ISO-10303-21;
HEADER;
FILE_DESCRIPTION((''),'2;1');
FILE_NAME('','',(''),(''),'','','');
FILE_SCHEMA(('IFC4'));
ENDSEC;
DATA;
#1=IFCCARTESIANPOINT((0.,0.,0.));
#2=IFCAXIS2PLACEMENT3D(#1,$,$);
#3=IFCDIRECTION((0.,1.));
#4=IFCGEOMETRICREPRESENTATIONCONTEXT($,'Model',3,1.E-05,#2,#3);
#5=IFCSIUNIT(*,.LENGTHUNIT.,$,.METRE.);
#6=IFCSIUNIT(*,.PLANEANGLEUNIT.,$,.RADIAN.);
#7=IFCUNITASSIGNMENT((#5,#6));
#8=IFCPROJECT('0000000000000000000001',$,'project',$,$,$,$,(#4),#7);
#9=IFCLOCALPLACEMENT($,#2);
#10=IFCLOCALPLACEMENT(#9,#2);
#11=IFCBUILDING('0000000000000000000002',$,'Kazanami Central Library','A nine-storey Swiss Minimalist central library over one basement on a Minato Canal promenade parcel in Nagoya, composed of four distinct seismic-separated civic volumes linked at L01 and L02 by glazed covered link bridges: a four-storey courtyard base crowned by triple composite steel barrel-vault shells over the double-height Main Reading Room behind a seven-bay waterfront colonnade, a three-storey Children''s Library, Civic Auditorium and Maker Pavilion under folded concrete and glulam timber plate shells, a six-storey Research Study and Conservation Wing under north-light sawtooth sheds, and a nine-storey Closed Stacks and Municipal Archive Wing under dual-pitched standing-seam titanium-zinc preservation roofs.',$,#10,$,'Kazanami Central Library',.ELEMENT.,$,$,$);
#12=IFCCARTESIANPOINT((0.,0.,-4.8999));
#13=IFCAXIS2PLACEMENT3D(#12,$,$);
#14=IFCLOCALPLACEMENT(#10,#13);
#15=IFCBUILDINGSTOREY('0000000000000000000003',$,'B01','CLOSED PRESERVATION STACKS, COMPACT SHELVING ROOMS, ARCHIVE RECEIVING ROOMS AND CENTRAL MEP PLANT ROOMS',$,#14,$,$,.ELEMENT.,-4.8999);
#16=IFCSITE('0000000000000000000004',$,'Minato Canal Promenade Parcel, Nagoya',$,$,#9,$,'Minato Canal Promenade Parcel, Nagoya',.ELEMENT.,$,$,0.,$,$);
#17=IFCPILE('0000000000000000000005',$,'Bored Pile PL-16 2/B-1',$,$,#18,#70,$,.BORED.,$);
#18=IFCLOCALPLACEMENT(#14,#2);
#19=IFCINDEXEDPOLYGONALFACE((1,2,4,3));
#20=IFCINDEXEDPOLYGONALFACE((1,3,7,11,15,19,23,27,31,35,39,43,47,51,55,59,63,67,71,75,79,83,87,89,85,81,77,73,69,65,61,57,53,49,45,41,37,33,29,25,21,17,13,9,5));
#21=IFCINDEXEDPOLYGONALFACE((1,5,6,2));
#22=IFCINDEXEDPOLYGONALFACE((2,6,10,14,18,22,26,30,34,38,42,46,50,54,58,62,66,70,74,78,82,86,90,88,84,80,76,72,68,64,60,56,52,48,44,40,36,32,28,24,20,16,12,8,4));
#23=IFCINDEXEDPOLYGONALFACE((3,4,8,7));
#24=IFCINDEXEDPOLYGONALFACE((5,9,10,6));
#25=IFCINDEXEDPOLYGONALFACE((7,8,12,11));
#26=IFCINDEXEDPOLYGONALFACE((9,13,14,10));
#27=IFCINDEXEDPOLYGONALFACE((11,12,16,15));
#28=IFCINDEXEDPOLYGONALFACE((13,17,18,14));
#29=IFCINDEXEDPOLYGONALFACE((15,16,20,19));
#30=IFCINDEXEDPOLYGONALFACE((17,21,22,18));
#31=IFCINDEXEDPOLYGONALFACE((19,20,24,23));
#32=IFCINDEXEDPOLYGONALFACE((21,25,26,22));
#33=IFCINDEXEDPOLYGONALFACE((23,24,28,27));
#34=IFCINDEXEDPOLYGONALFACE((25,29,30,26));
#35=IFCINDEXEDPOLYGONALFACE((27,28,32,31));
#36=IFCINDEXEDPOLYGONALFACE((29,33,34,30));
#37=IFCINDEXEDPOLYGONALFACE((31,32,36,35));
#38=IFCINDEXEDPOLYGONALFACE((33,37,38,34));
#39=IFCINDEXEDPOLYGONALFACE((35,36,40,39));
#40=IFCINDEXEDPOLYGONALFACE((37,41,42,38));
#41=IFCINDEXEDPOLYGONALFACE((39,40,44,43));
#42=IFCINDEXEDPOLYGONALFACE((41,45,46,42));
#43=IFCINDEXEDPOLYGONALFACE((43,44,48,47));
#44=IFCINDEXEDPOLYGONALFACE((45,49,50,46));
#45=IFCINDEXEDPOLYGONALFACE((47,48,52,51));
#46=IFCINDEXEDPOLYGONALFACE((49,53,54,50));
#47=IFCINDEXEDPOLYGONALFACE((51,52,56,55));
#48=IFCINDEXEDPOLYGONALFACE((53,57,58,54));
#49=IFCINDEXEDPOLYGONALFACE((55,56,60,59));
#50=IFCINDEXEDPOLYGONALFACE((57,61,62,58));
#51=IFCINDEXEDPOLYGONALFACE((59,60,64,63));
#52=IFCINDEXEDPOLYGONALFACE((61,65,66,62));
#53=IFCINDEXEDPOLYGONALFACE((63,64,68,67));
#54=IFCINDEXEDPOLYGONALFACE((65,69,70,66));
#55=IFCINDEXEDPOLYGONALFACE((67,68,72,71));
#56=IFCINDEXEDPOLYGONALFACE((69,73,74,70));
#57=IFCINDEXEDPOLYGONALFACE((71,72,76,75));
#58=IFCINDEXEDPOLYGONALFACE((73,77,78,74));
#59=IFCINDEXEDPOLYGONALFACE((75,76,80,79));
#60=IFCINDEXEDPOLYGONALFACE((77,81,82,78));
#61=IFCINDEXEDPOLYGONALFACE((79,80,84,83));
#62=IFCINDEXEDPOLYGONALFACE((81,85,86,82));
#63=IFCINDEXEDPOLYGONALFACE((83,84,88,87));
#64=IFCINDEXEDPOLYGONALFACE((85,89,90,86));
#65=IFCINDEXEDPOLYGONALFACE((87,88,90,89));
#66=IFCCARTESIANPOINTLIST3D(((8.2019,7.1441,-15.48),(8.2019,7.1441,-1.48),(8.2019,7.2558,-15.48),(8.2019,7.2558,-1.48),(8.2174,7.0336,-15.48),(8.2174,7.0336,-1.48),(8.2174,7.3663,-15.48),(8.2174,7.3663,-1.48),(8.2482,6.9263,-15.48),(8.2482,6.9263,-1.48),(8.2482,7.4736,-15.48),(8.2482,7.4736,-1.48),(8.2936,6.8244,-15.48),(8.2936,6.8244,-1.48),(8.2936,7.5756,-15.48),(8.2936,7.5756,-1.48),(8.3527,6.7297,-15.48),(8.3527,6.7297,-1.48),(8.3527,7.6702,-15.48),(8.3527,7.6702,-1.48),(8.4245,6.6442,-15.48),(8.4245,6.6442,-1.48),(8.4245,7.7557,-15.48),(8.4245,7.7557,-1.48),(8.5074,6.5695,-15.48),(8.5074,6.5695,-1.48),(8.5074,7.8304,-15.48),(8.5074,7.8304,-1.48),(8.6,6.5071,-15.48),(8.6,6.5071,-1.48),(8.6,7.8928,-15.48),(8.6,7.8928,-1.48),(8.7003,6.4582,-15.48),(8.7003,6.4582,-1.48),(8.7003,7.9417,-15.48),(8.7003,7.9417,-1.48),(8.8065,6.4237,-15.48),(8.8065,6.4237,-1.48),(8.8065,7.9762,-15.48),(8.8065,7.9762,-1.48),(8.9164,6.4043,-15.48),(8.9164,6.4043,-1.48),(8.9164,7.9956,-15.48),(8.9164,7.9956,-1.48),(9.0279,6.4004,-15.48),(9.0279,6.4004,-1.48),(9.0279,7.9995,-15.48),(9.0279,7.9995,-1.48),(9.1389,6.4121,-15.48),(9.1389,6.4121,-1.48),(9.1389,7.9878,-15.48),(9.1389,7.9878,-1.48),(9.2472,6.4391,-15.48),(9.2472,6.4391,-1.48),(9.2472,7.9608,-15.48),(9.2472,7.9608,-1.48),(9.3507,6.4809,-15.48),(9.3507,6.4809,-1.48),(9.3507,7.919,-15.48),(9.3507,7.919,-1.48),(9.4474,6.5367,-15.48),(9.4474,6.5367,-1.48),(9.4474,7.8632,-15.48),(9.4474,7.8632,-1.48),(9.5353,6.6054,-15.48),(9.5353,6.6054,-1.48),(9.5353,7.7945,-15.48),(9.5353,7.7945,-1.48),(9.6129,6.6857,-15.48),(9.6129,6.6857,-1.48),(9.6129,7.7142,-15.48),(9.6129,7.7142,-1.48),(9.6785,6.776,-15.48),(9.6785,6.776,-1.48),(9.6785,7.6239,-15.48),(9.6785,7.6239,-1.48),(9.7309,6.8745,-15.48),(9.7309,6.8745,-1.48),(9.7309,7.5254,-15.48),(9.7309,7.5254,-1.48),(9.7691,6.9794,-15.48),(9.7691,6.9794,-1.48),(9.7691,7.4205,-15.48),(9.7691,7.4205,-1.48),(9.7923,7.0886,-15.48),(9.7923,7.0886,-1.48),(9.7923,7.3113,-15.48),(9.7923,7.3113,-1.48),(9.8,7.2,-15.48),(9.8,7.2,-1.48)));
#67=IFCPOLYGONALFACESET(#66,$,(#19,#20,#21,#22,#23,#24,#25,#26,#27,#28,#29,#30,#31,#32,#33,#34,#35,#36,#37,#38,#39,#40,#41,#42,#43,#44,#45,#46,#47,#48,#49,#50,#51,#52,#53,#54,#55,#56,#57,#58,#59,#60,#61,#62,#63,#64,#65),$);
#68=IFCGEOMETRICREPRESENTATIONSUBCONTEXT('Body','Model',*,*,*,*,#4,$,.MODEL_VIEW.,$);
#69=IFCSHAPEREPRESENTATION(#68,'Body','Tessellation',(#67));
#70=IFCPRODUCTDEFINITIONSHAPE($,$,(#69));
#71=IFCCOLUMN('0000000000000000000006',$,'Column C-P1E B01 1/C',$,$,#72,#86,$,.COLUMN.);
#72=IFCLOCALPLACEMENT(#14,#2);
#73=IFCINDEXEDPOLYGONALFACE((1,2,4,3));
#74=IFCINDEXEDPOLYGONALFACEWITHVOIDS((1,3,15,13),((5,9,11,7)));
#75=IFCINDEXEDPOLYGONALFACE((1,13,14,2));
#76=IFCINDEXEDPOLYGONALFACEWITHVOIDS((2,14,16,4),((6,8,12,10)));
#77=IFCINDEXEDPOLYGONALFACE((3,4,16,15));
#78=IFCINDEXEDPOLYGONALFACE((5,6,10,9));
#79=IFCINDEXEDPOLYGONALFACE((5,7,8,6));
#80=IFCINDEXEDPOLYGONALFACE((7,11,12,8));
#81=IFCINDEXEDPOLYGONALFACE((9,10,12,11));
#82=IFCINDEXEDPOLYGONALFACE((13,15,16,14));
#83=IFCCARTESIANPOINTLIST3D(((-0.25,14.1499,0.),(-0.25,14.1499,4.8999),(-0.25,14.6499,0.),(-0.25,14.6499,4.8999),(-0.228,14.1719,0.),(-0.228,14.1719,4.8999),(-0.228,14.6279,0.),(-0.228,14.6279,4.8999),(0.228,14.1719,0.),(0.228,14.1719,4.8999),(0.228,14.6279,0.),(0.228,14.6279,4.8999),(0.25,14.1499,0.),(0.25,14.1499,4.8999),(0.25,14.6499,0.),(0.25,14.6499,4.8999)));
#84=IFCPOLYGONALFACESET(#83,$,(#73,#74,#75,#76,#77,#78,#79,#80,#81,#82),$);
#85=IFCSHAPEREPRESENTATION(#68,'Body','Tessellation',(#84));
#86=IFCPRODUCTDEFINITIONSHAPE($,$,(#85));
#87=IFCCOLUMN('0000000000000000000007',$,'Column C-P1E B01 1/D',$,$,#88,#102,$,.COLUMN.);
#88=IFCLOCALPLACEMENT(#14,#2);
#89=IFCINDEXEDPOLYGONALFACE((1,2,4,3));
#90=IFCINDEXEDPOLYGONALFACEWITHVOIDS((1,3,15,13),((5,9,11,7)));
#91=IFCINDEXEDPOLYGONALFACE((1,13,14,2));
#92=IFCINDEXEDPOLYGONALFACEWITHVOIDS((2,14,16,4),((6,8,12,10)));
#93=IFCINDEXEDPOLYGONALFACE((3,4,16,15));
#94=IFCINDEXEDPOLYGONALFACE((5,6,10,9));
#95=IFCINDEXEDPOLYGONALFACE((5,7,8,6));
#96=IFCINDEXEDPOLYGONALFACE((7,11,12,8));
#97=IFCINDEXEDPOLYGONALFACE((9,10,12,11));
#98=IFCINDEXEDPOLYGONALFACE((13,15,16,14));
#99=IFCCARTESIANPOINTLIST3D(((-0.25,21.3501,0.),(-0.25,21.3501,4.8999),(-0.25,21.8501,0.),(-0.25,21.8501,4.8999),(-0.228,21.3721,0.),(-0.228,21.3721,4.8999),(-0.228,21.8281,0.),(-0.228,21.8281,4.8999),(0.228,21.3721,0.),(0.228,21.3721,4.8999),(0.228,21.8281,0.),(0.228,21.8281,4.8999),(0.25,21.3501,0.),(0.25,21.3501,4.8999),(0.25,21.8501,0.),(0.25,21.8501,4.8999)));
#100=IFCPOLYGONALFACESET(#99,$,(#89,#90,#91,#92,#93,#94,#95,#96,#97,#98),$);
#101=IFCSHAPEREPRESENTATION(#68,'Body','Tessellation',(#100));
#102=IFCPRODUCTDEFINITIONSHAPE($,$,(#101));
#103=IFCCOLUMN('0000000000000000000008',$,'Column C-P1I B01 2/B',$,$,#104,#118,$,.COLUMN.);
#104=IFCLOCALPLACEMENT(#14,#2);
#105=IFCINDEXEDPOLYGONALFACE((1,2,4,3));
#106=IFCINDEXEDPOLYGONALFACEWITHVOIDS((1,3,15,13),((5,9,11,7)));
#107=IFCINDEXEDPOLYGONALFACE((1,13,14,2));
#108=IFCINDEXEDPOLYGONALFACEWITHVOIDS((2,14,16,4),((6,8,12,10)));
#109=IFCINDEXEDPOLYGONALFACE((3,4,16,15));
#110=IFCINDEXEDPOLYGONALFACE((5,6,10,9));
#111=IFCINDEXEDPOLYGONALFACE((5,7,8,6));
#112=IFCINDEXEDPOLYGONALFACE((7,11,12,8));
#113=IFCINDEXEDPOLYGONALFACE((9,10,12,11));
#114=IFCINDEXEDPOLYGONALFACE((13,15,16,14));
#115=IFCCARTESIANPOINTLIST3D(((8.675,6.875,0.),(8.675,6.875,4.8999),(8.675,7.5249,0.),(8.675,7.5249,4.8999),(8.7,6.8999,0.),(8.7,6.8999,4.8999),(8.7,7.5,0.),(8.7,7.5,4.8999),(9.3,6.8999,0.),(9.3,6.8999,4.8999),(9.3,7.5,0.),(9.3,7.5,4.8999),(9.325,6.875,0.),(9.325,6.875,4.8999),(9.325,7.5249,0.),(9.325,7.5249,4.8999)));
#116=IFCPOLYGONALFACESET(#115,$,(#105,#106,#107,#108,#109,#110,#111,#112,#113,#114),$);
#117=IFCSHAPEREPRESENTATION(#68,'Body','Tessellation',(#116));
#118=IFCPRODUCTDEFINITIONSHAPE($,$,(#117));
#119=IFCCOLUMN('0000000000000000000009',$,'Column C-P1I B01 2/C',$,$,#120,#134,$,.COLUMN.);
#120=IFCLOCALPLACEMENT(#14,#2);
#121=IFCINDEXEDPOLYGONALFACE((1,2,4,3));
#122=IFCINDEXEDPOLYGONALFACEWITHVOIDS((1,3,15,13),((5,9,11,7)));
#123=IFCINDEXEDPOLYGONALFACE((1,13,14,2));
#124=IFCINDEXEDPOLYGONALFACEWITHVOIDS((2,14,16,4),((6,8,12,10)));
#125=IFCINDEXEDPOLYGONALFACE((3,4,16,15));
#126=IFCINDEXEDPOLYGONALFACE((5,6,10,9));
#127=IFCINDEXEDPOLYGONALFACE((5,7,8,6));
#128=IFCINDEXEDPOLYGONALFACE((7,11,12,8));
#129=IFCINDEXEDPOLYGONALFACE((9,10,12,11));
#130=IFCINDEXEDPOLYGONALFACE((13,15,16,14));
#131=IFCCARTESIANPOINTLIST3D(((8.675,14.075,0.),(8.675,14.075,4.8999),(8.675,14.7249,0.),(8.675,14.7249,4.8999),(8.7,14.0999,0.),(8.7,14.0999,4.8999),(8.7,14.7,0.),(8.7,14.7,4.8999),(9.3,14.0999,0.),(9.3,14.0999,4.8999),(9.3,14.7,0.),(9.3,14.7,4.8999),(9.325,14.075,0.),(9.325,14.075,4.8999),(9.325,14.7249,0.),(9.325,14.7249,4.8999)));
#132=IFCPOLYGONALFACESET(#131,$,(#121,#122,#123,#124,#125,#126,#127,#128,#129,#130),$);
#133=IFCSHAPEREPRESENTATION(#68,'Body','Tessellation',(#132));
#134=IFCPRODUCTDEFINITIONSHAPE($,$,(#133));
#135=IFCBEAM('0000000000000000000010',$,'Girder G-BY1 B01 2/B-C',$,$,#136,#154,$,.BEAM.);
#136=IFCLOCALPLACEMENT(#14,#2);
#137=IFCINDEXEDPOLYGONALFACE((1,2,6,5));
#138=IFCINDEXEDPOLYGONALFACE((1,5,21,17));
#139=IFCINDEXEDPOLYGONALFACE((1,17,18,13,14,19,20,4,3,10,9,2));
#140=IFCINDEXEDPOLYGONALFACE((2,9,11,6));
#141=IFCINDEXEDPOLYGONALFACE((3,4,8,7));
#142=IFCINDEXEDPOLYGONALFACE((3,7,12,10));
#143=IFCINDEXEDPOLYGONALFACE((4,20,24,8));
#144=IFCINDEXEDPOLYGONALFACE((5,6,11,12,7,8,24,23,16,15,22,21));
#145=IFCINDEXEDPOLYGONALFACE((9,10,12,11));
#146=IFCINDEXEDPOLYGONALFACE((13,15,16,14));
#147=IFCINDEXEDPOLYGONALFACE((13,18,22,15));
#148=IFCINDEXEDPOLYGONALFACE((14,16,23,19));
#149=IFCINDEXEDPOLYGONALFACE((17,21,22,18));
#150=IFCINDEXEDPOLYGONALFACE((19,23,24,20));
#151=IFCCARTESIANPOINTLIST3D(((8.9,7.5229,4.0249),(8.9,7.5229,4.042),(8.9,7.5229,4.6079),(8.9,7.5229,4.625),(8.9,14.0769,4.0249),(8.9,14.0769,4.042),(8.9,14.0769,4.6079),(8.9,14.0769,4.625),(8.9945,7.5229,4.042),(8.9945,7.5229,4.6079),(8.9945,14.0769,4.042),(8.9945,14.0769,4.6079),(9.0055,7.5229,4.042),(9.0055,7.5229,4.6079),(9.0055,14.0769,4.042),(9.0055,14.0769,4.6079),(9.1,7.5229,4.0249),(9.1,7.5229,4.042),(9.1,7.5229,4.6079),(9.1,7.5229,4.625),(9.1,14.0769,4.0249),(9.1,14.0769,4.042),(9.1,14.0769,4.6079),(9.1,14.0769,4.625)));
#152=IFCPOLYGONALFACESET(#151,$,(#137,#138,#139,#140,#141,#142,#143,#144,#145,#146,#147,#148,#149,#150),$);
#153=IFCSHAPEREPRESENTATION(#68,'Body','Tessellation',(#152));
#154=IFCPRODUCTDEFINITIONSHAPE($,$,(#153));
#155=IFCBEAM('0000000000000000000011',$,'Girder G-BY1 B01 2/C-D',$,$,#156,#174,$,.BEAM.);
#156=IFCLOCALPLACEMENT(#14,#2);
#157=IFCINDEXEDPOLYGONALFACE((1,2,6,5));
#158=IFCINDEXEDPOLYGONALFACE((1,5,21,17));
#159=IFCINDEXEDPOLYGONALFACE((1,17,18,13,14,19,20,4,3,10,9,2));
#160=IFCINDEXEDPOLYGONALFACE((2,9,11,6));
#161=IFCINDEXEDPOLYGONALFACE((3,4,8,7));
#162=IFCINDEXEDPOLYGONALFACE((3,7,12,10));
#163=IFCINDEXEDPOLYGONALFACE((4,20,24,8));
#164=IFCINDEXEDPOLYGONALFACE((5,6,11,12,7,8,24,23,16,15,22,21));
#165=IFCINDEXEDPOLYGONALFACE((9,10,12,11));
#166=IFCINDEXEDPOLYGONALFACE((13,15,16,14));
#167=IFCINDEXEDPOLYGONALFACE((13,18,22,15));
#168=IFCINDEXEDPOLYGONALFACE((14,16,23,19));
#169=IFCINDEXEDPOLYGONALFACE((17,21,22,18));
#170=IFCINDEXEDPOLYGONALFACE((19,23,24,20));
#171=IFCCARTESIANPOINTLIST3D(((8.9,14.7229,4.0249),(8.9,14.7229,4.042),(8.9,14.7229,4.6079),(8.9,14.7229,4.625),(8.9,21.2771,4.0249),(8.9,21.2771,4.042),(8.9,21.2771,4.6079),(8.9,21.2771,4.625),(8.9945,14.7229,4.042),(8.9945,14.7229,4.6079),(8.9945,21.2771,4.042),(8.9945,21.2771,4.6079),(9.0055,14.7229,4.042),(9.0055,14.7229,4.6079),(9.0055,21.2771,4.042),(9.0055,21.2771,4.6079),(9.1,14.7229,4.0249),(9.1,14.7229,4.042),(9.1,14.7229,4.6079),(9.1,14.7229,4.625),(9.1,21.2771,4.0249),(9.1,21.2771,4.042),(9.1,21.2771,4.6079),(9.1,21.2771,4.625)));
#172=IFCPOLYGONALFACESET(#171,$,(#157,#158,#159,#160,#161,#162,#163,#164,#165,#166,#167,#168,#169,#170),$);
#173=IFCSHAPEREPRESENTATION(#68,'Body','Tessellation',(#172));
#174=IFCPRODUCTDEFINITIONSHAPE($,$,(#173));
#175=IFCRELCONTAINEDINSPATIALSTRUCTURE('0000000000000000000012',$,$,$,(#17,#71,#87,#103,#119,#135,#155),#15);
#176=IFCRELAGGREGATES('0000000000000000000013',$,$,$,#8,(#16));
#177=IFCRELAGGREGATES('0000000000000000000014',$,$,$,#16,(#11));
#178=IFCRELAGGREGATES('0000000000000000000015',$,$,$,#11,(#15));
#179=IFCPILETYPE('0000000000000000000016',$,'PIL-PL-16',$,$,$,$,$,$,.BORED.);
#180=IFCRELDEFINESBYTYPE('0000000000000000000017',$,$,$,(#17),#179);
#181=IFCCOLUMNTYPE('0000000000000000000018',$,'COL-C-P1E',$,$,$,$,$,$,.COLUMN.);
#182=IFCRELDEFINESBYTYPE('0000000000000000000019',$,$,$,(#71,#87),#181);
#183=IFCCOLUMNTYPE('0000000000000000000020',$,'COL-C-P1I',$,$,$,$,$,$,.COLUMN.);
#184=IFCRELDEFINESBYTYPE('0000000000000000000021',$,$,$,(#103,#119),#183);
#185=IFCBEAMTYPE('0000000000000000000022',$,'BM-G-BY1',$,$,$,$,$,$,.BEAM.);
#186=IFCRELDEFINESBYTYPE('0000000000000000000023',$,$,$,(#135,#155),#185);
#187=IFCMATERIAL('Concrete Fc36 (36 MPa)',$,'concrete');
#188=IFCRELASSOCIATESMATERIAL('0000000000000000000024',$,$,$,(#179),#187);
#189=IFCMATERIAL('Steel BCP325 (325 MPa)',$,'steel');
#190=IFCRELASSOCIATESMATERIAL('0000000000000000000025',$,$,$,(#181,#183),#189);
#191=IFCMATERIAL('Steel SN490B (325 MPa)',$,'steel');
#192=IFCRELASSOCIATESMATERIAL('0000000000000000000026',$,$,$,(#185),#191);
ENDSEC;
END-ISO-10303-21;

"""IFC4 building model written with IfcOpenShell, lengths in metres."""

from ifc_helpers import new_model, si_unit, direction, frame, origin, origin_2d, place, context, subcontext, project, spatial, hollow_rectangle, circle, i_section, extrude, material, material_profile, profile_set, type_object, element, save


model = new_model("IFC4")

# Units and contexts
model_context = context("Model", 3, precision=1e-05, world=origin(), true_north=direction((0.0, 1.0)))
body_context = subcontext(model_context, "Body", "Model", "MODEL_VIEW")
ifc_project = project(units=[si_unit("LENGTHUNIT", "METRE"), si_unit("PLANEANGLEUNIT", "RADIAN")], contexts=[model_context])

# Site, building, storey
site_placement = place(None, origin())
site = spatial("IfcSite", under=ifc_project, at=site_placement, Name="Minato Canal Promenade Parcel, Nagoya", LongName="Minato Canal Promenade Parcel, Nagoya", CompositionType="ELEMENT", RefElevation=0.0)
building_placement = place(site_placement, origin())
building = spatial("IfcBuilding", under=site, at=building_placement, Name="Kazanami Central Library", Description="A nine-storey Swiss Minimalist central library over one basement on a Minato Canal promenade parcel in Nagoya, composed of four distinct seismic-separated civic volumes linked at L01 and L02 by glazed covered link bridges: a four-storey courtyard base crowned by triple composite steel barrel-vault shells over the double-height Main Reading Room behind a seven-bay waterfront colonnade, a three-storey Children's Library, Civic Auditorium and Maker Pavilion under folded concrete and glulam timber plate shells, a six-storey Research Study and Conservation Wing under north-light sawtooth sheds, and a nine-storey Closed Stacks and Municipal Archive Wing under dual-pitched standing-seam titanium-zinc preservation roofs.", LongName="Kazanami Central Library", CompositionType="ELEMENT")
storey_placement = place(building_placement, frame((0.0, 0.0, -4.8999)))
storey = spatial("IfcBuildingStorey", under=building, at=storey_placement, Name="B01", Description="CLOSED PRESERVATION STACKS, COMPACT SHELVING ROOMS, ARCHIVE RECEIVING ROOMS AND CENTRAL MEP PLANT ROOMS", CompositionType="ELEMENT", Elevation=-4.8999)

# Shared definitions
ifc_material_1 = material(Name="Concrete Fc36 (36 MPa)", Category="concrete")

# Pile
ifc_material_profile_1 = material_profile(ifc_material_1, circle(Radius=0.8, at=origin_2d()), Name="BORED-D1600")
ifc_profile_set_1 = profile_set([ifc_material_profile_1], Name="Concrete Fc36 (36 MPa)")
pile_type_1 = type_object("IfcPileType", Name="PIL-PL-16", PredefinedType="BORED", material=ifc_profile_set_1)
for number, where, z_axis, x_axis, name in (
    (1, (9.0, 7.2, -1.48), (0.0, 0.0, -1.0), (1.0, 0.0, 0.0), "Bored Pile PL-16 2/B-1"),
):
    element("IfcPile", number, at=place(storey_placement, frame(where, z_axis=z_axis, x_axis=x_axis)), inside=storey, type_object=pile_type_1, Name=name, PredefinedType="BORED", context=body_context, shape_type="SweptSolid", body=[
        extrude(circle(Radius=0.8, at=origin_2d()), origin(), (0.0, 0.0, 1.0), 14.0),
    ])

# Columns
ifc_material_2 = material(Name="Steel BCP325 (325 MPa)", Category="steel")
ifc_material_profile_2 = material_profile(ifc_material_2, hollow_rectangle(XDim=0.5, YDim=0.5, WallThickness=0.022, at=origin_2d()), Name="BCP-500x500x22")
ifc_profile_set_2 = profile_set([ifc_material_profile_2], Name="Steel BCP325 (325 MPa)")
column_type_1 = type_object("IfcColumnType", Name="COL-C-P1E", PredefinedType="COLUMN", material=ifc_profile_set_2)
for number, where, z_axis, x_axis, name in (
    (2, (0.0, 14.3999, 0.0), (0.0, 0.0, 1.0), (1.0, 0.0, 0.0), "Column C-P1E B01 1/C"),
    (3, (0.0, 21.6001, 0.0), (0.0, 0.0, 1.0), (1.0, 0.0, 0.0), "Column C-P1E B01 1/D"),
):
    element("IfcColumn", number, at=place(storey_placement, frame(where, z_axis=z_axis, x_axis=x_axis)), inside=storey, type_object=column_type_1, Name=name, PredefinedType="COLUMN", context=body_context, shape_type="SweptSolid", body=[
        extrude(hollow_rectangle(XDim=0.5, YDim=0.5, WallThickness=0.022, at=origin_2d()), origin(), (0.0, 0.0, 1.0), 4.8999),
    ])
ifc_material_profile_3 = material_profile(ifc_material_2, hollow_rectangle(XDim=0.6499, YDim=0.6499, WallThickness=0.0249, at=origin_2d()), Name="BCP-650x650x25")
ifc_profile_set_3 = profile_set([ifc_material_profile_3], Name="Steel BCP325 (325 MPa)")
column_type_2 = type_object("IfcColumnType", Name="COL-C-P1I", PredefinedType="COLUMN", material=ifc_profile_set_3)
for number, where, z_axis, x_axis, name in (
    (4, (9.0, 7.2, 0.0), (0.0, 0.0, 1.0), (1.0, 0.0, 0.0), "Column C-P1I B01 2/B"),
    (5, (9.0, 14.3999, 0.0), (0.0, 0.0, 1.0), (1.0, 0.0, 0.0), "Column C-P1I B01 2/C"),
):
    element("IfcColumn", number, at=place(storey_placement, frame(where, z_axis=z_axis, x_axis=x_axis)), inside=storey, type_object=column_type_2, Name=name, PredefinedType="COLUMN", context=body_context, shape_type="SweptSolid", body=[
        extrude(hollow_rectangle(XDim=0.6499, YDim=0.6499, WallThickness=0.0249, at=origin_2d()), origin(), (0.0, 0.0, 1.0), 4.8999),
    ])

# Beams
ifc_material_3 = material(Name="Steel SN490B (325 MPa)", Category="steel")
ifc_material_profile_4 = material_profile(ifc_material_3, i_section(OverallWidth=0.2, OverallDepth=0.6001, WebThickness=0.011, FlangeThickness=0.0171, at=origin_2d()), Name="H-600x200x11x17")
ifc_profile_set_4 = profile_set([ifc_material_profile_4], Name="Steel SN490B (325 MPa)")
beam_type_1 = type_object("IfcBeamType", Name="BM-G-BY1", PredefinedType="BEAM", material=ifc_profile_set_4)
beam_1_placement = place(storey_placement, frame((9.0, 7.5229, 4.325), z_axis=(0.0, 1.0, 0.0), x_axis=(-1.0, 0.0, 0.0)))
element("IfcBeam", 6, at=beam_1_placement, inside=storey, type_object=beam_type_1, Name="Girder G-BY1 B01 2/B-C", PredefinedType="BEAM", context=body_context, shape_type="SweptSolid", body=[
    extrude(i_section(OverallWidth=0.2, OverallDepth=0.6001, WebThickness=0.011, FlangeThickness=0.0171, at=origin_2d()), origin(), (0.0, 0.0, 1.0), 6.554),
])
beam_2_placement = place(storey_placement, frame((9.0, 14.7229, 4.325), z_axis=(0.0, 1.0, 0.0), x_axis=(-1.0, 0.0, 0.0)))
element("IfcBeam", 7, at=beam_2_placement, inside=storey, type_object=beam_type_1, Name="Girder G-BY1 B01 2/C-D", PredefinedType="BEAM", context=body_context, shape_type="SweptSolid", body=[
    extrude(i_section(OverallWidth=0.2, OverallDepth=0.6001, WebThickness=0.011, FlangeThickness=0.0171, at=origin_2d()), origin(), (0.0, 0.0, 1.0), 6.5542),
])

save(model, "model.ifc")
